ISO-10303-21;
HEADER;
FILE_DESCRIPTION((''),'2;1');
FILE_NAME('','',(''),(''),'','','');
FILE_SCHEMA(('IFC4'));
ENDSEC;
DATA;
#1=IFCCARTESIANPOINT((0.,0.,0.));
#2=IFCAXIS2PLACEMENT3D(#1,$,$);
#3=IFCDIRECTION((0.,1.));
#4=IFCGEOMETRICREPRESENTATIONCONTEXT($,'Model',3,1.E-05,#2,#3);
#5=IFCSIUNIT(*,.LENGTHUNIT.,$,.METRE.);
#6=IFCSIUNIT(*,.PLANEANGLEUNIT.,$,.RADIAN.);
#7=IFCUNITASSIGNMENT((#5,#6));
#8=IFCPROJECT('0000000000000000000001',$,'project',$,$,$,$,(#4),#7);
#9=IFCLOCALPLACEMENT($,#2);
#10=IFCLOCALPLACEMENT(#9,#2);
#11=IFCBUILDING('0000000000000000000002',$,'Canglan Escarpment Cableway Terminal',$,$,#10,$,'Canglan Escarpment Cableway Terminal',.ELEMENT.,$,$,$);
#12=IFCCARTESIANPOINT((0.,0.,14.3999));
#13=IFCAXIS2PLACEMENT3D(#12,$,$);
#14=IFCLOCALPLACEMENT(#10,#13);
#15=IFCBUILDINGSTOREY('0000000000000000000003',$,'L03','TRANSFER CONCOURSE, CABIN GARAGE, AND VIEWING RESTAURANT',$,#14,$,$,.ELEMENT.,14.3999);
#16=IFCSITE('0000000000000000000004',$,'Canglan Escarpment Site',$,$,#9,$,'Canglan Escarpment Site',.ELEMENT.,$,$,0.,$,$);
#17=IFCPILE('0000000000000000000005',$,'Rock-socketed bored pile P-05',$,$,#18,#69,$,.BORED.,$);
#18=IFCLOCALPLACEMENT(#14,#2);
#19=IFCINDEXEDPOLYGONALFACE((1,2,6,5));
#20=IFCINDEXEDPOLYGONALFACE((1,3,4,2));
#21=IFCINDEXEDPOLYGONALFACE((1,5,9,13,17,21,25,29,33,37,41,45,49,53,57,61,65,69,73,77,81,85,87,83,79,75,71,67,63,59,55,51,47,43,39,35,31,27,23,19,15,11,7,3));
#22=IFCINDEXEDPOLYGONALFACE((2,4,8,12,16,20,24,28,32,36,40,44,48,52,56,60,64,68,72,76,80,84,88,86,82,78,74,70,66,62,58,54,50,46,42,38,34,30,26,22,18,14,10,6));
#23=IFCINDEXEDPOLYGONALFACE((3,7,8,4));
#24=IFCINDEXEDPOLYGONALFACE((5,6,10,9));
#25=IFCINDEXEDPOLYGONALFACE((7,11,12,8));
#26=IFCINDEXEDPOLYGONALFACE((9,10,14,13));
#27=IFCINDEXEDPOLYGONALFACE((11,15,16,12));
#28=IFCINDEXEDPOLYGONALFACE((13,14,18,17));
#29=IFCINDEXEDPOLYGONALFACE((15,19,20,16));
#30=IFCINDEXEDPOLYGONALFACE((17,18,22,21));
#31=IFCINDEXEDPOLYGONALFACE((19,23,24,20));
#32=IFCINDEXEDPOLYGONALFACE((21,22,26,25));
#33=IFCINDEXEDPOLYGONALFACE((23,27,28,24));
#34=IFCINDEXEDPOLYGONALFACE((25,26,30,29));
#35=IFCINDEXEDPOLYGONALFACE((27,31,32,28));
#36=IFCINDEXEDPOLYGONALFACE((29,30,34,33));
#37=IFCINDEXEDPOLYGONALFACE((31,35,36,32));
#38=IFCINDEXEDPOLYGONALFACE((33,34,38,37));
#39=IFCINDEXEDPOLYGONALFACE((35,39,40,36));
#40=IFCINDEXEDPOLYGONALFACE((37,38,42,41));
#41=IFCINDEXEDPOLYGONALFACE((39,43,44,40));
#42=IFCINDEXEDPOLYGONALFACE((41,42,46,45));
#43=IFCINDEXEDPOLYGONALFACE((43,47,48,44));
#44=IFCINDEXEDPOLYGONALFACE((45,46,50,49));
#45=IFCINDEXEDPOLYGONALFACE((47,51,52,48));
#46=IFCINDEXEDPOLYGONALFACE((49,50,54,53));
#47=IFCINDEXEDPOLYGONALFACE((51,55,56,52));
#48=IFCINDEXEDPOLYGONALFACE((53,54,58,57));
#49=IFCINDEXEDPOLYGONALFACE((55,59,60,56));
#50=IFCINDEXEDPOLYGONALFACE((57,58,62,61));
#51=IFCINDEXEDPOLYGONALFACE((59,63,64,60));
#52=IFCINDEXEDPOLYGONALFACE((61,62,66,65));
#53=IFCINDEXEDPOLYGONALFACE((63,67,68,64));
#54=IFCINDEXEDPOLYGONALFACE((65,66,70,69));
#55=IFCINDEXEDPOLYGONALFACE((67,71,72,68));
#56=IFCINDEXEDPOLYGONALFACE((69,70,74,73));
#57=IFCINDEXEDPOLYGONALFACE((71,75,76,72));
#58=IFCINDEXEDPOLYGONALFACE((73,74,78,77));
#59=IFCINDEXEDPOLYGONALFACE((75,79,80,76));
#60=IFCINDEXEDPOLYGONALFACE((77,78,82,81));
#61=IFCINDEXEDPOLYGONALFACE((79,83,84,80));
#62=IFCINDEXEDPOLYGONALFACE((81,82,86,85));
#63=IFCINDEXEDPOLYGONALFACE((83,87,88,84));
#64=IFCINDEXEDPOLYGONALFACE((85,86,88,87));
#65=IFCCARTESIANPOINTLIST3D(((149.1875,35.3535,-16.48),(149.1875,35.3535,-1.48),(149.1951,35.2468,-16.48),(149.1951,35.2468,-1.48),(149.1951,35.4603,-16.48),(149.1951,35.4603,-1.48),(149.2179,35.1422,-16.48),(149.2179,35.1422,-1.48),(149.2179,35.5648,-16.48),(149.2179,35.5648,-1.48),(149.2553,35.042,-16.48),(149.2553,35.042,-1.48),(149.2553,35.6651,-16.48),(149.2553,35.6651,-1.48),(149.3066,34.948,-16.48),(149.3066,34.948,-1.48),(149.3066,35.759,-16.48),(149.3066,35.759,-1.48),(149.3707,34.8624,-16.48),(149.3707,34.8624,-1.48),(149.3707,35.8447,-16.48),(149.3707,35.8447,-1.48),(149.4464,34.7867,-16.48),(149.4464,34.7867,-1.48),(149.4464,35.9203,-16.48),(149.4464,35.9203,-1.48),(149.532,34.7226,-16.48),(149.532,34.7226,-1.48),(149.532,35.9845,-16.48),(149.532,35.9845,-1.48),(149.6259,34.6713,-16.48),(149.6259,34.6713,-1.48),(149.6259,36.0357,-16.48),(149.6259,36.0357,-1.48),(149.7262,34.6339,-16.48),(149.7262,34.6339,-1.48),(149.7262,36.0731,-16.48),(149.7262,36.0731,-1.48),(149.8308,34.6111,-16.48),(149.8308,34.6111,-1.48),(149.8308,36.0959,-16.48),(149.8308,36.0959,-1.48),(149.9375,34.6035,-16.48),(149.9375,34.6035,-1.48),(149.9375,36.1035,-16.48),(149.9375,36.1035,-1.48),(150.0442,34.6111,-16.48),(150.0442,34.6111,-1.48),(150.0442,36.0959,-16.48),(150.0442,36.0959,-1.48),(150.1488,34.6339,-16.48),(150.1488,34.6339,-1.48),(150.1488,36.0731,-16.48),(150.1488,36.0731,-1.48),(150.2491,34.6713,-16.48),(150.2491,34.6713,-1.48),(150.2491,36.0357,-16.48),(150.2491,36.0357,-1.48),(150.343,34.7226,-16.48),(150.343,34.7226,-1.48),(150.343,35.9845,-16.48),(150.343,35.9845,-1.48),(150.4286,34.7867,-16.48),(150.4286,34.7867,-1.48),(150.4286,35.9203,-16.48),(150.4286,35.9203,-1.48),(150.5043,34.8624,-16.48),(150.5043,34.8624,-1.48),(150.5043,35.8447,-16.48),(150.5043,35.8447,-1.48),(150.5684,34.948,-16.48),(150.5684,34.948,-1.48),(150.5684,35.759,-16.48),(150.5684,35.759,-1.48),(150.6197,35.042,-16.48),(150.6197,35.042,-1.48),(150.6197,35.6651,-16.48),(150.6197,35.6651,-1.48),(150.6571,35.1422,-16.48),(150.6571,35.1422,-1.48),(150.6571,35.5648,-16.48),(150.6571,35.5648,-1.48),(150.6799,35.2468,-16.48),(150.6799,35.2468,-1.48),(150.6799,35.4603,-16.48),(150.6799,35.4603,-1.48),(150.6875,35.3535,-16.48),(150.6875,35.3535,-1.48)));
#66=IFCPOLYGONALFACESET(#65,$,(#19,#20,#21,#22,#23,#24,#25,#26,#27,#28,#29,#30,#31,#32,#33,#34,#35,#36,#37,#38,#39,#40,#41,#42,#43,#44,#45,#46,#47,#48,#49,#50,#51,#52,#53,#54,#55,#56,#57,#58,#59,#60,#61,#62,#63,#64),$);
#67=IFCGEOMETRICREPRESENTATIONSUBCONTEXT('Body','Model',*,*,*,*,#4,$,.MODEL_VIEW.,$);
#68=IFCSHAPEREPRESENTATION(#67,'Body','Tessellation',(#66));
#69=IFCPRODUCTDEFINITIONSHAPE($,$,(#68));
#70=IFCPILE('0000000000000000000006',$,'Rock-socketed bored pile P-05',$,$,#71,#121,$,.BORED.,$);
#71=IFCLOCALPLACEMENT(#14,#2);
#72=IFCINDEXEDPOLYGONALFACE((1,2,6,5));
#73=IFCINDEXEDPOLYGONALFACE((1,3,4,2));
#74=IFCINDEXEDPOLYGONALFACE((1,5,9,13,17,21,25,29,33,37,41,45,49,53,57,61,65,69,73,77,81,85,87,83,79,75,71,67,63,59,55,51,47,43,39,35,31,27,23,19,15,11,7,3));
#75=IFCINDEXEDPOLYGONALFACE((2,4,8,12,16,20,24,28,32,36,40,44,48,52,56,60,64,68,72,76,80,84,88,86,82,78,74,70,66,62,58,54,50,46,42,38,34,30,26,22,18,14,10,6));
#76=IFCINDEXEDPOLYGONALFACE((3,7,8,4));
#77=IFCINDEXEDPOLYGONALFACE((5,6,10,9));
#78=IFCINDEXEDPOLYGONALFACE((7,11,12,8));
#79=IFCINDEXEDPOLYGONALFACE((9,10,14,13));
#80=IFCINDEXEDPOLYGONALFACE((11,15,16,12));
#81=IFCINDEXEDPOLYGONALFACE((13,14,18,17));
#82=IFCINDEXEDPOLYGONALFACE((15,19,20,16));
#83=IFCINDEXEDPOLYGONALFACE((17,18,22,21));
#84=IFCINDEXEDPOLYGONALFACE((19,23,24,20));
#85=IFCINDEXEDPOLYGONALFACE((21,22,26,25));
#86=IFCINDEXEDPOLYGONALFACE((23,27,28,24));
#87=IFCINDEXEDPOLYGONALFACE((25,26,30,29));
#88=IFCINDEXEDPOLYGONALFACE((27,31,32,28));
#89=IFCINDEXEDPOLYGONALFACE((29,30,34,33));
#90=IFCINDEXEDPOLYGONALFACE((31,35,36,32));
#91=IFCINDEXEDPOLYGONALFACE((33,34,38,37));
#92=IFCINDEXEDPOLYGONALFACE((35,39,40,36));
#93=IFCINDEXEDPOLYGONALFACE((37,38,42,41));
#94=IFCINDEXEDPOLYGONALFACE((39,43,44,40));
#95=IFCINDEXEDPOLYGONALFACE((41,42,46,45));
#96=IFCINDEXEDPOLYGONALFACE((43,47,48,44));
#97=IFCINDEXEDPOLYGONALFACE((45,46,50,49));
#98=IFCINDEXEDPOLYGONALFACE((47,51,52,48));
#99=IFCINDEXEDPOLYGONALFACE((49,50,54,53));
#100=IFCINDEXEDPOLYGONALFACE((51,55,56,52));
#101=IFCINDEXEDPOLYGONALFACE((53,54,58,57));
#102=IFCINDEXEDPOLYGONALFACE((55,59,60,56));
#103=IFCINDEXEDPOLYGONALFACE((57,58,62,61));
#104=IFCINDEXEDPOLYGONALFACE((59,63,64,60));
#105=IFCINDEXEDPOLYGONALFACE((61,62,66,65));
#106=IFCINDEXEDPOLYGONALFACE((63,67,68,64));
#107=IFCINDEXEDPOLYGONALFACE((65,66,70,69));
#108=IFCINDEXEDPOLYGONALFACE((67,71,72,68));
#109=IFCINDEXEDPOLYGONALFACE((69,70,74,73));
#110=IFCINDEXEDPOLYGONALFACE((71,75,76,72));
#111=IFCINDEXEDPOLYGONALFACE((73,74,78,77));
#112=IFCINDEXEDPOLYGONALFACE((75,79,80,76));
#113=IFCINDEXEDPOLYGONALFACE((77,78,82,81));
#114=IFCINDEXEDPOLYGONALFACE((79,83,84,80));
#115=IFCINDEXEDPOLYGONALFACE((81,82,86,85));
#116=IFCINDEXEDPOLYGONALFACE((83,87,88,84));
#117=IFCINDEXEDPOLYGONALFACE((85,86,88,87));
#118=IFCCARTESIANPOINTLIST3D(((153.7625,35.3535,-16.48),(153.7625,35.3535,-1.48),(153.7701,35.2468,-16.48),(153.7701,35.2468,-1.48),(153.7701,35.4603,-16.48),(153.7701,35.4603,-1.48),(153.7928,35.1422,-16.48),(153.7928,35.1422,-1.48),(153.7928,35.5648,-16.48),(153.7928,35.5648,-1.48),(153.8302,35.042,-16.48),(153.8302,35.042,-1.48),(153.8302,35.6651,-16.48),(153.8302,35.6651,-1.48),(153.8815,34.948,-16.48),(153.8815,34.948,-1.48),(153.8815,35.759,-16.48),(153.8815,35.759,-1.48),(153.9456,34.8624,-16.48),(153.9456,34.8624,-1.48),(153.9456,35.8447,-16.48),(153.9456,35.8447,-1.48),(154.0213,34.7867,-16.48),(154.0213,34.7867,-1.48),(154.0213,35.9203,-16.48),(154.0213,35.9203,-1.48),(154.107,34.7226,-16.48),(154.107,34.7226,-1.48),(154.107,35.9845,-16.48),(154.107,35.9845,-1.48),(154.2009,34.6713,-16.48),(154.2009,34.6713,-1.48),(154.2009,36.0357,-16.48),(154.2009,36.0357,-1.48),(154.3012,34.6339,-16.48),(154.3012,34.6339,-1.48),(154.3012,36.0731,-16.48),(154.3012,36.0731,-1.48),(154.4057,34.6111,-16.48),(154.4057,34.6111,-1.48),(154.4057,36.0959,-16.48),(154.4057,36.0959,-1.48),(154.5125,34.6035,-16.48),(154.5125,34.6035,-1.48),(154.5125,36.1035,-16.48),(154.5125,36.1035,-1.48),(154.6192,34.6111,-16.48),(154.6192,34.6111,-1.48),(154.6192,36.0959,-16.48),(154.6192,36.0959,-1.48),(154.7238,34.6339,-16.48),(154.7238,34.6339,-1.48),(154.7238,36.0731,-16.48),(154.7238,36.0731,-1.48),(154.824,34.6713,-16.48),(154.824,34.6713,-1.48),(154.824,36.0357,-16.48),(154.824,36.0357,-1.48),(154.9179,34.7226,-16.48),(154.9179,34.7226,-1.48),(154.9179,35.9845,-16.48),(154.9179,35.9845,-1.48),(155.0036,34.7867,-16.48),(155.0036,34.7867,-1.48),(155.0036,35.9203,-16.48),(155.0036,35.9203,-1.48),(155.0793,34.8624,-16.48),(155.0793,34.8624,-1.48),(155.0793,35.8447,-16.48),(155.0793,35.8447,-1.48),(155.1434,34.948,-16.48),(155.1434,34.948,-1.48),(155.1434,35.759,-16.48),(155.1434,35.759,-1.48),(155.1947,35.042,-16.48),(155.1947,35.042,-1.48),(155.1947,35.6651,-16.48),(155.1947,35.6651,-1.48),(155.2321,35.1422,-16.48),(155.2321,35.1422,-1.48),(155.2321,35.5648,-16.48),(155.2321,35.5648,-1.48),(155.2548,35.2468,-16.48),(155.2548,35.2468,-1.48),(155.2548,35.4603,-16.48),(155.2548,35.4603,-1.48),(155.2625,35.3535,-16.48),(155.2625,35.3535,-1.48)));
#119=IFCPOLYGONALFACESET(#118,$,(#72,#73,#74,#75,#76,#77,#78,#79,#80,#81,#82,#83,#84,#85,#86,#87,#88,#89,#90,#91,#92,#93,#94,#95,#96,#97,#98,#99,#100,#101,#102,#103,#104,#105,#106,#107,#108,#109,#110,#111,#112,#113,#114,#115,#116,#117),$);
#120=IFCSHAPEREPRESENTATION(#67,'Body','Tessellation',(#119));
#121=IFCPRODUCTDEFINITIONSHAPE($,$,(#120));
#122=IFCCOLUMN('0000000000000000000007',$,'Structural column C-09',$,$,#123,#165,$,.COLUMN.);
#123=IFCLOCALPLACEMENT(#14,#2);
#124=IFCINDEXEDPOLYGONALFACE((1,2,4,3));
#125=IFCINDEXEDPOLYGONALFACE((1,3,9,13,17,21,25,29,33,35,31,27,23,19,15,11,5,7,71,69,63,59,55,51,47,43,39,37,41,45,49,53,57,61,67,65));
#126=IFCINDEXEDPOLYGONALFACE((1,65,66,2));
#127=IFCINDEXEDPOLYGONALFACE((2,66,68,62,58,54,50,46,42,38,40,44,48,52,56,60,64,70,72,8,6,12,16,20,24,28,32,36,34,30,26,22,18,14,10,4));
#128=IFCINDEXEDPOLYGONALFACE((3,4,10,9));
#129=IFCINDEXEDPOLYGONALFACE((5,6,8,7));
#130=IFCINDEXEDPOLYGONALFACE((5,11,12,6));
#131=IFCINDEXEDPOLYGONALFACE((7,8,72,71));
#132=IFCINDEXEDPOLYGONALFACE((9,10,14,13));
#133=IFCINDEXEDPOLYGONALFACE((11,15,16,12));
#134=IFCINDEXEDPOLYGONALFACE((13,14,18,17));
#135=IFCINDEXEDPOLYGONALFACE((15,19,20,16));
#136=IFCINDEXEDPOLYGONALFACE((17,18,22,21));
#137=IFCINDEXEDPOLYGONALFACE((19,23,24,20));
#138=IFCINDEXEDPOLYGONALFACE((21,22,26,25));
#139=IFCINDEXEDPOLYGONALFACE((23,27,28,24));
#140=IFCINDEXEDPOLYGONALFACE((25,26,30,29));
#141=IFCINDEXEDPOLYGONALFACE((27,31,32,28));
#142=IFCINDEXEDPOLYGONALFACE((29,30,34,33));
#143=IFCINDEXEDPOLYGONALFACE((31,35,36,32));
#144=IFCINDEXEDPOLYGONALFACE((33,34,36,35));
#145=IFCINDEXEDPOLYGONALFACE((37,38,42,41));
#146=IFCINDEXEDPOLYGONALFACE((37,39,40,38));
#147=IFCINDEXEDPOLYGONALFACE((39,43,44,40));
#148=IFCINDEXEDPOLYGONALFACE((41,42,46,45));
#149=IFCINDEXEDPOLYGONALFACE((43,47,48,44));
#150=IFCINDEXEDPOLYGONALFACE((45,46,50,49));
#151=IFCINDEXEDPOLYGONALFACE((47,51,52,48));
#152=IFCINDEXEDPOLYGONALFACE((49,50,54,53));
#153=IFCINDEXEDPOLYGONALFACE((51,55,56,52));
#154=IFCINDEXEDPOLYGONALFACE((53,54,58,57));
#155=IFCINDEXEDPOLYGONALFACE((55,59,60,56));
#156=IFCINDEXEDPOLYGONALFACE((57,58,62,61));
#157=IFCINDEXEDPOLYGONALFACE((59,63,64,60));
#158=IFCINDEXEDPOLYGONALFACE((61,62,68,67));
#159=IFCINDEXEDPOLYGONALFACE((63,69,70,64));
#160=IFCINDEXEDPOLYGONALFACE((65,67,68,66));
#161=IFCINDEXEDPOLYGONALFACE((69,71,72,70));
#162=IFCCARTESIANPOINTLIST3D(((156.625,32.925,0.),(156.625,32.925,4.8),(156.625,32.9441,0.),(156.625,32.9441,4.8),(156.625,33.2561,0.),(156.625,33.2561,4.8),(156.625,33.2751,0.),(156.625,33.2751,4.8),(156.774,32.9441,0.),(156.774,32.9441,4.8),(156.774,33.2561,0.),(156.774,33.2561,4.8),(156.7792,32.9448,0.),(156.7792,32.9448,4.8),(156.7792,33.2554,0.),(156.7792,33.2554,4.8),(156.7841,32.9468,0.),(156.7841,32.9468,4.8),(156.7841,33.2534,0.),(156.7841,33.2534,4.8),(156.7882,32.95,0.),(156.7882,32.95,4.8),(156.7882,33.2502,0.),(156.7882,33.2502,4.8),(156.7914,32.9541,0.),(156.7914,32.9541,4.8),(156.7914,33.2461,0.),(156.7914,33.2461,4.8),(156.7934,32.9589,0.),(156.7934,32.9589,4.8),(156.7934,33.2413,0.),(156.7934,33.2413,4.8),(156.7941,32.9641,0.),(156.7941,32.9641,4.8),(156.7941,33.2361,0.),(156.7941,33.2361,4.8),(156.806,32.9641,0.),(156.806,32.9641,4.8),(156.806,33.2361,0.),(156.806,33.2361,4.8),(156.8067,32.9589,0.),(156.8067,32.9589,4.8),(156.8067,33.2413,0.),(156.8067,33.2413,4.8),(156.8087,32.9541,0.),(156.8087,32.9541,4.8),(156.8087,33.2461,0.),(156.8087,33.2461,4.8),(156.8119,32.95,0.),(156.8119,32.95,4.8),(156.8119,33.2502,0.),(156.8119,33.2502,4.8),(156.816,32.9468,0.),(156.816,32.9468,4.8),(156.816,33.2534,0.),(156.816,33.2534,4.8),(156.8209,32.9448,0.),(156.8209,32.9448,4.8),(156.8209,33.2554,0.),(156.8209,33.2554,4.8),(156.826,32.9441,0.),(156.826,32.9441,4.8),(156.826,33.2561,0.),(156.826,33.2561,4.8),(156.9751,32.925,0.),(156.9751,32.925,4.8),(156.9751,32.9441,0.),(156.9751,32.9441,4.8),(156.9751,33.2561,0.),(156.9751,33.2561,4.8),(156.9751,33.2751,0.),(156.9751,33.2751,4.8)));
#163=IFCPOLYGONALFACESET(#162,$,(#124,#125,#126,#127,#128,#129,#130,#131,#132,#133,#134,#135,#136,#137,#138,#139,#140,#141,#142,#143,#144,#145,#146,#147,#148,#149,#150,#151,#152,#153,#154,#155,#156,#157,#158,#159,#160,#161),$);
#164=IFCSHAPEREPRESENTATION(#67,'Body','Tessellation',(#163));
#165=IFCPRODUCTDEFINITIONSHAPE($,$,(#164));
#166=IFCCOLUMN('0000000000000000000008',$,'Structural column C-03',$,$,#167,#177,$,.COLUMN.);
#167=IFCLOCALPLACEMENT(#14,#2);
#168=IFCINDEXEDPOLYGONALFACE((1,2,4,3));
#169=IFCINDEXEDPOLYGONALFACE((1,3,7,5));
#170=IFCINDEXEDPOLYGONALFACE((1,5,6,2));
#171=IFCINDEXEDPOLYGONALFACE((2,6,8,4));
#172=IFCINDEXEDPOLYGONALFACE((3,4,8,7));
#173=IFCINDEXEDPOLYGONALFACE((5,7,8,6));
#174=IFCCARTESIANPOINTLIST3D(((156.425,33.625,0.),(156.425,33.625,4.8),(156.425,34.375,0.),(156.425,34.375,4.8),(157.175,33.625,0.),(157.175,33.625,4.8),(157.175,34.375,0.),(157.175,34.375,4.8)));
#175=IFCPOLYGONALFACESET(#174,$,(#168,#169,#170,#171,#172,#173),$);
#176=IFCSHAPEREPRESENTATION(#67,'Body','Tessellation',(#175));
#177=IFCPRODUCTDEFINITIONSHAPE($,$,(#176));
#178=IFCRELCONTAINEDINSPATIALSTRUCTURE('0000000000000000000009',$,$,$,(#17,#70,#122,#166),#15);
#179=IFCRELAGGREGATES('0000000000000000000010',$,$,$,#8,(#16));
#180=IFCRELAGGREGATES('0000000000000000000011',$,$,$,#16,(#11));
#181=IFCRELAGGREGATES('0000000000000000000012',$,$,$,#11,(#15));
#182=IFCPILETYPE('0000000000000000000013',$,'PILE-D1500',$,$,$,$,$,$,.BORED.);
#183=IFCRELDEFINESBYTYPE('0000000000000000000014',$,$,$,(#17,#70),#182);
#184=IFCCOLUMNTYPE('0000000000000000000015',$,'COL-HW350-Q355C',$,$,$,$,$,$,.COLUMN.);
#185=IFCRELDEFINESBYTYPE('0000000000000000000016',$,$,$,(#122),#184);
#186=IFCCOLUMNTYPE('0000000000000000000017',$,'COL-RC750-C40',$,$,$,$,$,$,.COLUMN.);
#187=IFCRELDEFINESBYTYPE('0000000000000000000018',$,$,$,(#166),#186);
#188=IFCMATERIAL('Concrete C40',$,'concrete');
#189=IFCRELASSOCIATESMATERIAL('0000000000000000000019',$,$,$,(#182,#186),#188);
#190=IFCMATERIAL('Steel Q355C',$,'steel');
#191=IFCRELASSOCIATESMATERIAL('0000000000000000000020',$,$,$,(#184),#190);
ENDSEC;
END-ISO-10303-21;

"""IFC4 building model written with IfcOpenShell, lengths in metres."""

from ifc_helpers import new_model, si_unit, direction, frame, origin, origin_2d, place, context, subcontext, project, spatial, rectangle, circle, i_section, extrude, material, material_profile, profile_set, type_object, element, save


model = new_model("IFC4")

# Units and contexts
model_context = context("Model", 3, precision=1e-05, world=origin(), true_north=direction((0.0, 1.0)))
body_context = subcontext(model_context, "Body", "Model", "MODEL_VIEW")
ifc_project = project(units=[si_unit("LENGTHUNIT", "METRE"), si_unit("PLANEANGLEUNIT", "RADIAN")], contexts=[model_context])

# Site, building, storey
site_placement = place(None, origin())
site = spatial("IfcSite", under=ifc_project, at=site_placement, Name="Canglan Escarpment Site", LongName="Canglan Escarpment Site", CompositionType="ELEMENT", RefElevation=0.0)
building_placement = place(site_placement, origin())
building = spatial("IfcBuilding", under=site, at=building_placement, Name="Canglan Escarpment Cableway Terminal", LongName="Canglan Escarpment Cableway Terminal", CompositionType="ELEMENT")
storey_placement = place(building_placement, frame((0.0, 0.0, 14.3999)))
storey = spatial("IfcBuildingStorey", under=building, at=storey_placement, Name="L03", Description="TRANSFER CONCOURSE, CABIN GARAGE, AND VIEWING RESTAURANT", CompositionType="ELEMENT", Elevation=14.3999)

# Piles
ifc_material_1 = material(Name="Concrete C40", Category="concrete")
ifc_material_profile_1 = material_profile(ifc_material_1, circle(Radius=0.75, at=origin_2d()), Name="BORED PILE D1500")
ifc_profile_set_1 = profile_set([ifc_material_profile_1], Name="Concrete C40")
pile_type = type_object("IfcPileType", Name="PILE-D1500", PredefinedType="BORED", material=ifc_profile_set_1)
for number, where, z_axis, x_axis, name in (
    (1, (149.9375, 35.3535, -1.48), (0.0, 0.0, -1.0), (1.0, 0.0, 0.0), "Rock-socketed bored pile P-05"),
    (2, (154.5125, 35.3535, -1.48), (0.0, 0.0, -1.0), (1.0, 0.0, 0.0), "Rock-socketed bored pile P-05"),
):
    element("IfcPile", number, at=place(storey_placement, frame(where, z_axis=z_axis, x_axis=x_axis)), inside=storey, type_object=pile_type, Name=name, PredefinedType="BORED", context=body_context, shape_type="SweptSolid", body=[
        extrude(circle(Radius=0.75, at=origin_2d()), origin(), (0.0, 0.0, 1.0), 15.0),
    ])

# Columns
ifc_material_2 = material(Name="Steel Q355C", Category="steel")
ifc_material_profile_2 = material_profile(ifc_material_2, i_section(OverallWidth=0.3501, OverallDepth=0.3501, WebThickness=0.012, FlangeThickness=0.019, FilletRadius=0.02, at=origin_2d()), Name="HW 350x350x12x19")
ifc_profile_set_2 = profile_set([ifc_material_profile_2], Name="Steel Q355C")
column_type_1 = type_object("IfcColumnType", Name="COL-HW350-Q355C", PredefinedType="COLUMN", material=ifc_profile_set_2)
column_1_placement = place(storey_placement, frame((156.8, 33.1001, 0.0), z_axis=(0.0, 0.0, 1.0), x_axis=(1.0, 0.0, 0.0)))
element("IfcColumn", 3, at=column_1_placement, inside=storey, type_object=column_type_1, Name="Structural column C-09", PredefinedType="COLUMN", context=body_context, shape_type="SweptSolid", body=[
    extrude(i_section(OverallWidth=0.3501, OverallDepth=0.3501, WebThickness=0.012, FlangeThickness=0.019, FilletRadius=0.02, at=origin_2d()), origin(), (0.0, 0.0, 1.0), 4.8),
])
ifc_material_profile_3 = material_profile(ifc_material_1, rectangle(XDim=0.75, YDim=0.75, at=origin_2d()), Name="RC 750x750")
ifc_profile_set_3 = profile_set([ifc_material_profile_3], Name="Concrete C40")
column_type_2 = type_object("IfcColumnType", Name="COL-RC750-C40", PredefinedType="COLUMN", material=ifc_profile_set_3)
column_2_placement = place(storey_placement, frame((156.8, 34.0, 0.0), z_axis=(0.0, 0.0, 1.0), x_axis=(1.0, 0.0, 0.0)))
element("IfcColumn", 4, at=column_2_placement, inside=storey, type_object=column_type_2, Name="Structural column C-03", PredefinedType="COLUMN", context=body_context, shape_type="SweptSolid", body=[
    extrude(rectangle(XDim=0.75, YDim=0.75, at=origin_2d()), origin(), (0.0, 0.0, 1.0), 4.8),
])

save(model, "model.ifc")
